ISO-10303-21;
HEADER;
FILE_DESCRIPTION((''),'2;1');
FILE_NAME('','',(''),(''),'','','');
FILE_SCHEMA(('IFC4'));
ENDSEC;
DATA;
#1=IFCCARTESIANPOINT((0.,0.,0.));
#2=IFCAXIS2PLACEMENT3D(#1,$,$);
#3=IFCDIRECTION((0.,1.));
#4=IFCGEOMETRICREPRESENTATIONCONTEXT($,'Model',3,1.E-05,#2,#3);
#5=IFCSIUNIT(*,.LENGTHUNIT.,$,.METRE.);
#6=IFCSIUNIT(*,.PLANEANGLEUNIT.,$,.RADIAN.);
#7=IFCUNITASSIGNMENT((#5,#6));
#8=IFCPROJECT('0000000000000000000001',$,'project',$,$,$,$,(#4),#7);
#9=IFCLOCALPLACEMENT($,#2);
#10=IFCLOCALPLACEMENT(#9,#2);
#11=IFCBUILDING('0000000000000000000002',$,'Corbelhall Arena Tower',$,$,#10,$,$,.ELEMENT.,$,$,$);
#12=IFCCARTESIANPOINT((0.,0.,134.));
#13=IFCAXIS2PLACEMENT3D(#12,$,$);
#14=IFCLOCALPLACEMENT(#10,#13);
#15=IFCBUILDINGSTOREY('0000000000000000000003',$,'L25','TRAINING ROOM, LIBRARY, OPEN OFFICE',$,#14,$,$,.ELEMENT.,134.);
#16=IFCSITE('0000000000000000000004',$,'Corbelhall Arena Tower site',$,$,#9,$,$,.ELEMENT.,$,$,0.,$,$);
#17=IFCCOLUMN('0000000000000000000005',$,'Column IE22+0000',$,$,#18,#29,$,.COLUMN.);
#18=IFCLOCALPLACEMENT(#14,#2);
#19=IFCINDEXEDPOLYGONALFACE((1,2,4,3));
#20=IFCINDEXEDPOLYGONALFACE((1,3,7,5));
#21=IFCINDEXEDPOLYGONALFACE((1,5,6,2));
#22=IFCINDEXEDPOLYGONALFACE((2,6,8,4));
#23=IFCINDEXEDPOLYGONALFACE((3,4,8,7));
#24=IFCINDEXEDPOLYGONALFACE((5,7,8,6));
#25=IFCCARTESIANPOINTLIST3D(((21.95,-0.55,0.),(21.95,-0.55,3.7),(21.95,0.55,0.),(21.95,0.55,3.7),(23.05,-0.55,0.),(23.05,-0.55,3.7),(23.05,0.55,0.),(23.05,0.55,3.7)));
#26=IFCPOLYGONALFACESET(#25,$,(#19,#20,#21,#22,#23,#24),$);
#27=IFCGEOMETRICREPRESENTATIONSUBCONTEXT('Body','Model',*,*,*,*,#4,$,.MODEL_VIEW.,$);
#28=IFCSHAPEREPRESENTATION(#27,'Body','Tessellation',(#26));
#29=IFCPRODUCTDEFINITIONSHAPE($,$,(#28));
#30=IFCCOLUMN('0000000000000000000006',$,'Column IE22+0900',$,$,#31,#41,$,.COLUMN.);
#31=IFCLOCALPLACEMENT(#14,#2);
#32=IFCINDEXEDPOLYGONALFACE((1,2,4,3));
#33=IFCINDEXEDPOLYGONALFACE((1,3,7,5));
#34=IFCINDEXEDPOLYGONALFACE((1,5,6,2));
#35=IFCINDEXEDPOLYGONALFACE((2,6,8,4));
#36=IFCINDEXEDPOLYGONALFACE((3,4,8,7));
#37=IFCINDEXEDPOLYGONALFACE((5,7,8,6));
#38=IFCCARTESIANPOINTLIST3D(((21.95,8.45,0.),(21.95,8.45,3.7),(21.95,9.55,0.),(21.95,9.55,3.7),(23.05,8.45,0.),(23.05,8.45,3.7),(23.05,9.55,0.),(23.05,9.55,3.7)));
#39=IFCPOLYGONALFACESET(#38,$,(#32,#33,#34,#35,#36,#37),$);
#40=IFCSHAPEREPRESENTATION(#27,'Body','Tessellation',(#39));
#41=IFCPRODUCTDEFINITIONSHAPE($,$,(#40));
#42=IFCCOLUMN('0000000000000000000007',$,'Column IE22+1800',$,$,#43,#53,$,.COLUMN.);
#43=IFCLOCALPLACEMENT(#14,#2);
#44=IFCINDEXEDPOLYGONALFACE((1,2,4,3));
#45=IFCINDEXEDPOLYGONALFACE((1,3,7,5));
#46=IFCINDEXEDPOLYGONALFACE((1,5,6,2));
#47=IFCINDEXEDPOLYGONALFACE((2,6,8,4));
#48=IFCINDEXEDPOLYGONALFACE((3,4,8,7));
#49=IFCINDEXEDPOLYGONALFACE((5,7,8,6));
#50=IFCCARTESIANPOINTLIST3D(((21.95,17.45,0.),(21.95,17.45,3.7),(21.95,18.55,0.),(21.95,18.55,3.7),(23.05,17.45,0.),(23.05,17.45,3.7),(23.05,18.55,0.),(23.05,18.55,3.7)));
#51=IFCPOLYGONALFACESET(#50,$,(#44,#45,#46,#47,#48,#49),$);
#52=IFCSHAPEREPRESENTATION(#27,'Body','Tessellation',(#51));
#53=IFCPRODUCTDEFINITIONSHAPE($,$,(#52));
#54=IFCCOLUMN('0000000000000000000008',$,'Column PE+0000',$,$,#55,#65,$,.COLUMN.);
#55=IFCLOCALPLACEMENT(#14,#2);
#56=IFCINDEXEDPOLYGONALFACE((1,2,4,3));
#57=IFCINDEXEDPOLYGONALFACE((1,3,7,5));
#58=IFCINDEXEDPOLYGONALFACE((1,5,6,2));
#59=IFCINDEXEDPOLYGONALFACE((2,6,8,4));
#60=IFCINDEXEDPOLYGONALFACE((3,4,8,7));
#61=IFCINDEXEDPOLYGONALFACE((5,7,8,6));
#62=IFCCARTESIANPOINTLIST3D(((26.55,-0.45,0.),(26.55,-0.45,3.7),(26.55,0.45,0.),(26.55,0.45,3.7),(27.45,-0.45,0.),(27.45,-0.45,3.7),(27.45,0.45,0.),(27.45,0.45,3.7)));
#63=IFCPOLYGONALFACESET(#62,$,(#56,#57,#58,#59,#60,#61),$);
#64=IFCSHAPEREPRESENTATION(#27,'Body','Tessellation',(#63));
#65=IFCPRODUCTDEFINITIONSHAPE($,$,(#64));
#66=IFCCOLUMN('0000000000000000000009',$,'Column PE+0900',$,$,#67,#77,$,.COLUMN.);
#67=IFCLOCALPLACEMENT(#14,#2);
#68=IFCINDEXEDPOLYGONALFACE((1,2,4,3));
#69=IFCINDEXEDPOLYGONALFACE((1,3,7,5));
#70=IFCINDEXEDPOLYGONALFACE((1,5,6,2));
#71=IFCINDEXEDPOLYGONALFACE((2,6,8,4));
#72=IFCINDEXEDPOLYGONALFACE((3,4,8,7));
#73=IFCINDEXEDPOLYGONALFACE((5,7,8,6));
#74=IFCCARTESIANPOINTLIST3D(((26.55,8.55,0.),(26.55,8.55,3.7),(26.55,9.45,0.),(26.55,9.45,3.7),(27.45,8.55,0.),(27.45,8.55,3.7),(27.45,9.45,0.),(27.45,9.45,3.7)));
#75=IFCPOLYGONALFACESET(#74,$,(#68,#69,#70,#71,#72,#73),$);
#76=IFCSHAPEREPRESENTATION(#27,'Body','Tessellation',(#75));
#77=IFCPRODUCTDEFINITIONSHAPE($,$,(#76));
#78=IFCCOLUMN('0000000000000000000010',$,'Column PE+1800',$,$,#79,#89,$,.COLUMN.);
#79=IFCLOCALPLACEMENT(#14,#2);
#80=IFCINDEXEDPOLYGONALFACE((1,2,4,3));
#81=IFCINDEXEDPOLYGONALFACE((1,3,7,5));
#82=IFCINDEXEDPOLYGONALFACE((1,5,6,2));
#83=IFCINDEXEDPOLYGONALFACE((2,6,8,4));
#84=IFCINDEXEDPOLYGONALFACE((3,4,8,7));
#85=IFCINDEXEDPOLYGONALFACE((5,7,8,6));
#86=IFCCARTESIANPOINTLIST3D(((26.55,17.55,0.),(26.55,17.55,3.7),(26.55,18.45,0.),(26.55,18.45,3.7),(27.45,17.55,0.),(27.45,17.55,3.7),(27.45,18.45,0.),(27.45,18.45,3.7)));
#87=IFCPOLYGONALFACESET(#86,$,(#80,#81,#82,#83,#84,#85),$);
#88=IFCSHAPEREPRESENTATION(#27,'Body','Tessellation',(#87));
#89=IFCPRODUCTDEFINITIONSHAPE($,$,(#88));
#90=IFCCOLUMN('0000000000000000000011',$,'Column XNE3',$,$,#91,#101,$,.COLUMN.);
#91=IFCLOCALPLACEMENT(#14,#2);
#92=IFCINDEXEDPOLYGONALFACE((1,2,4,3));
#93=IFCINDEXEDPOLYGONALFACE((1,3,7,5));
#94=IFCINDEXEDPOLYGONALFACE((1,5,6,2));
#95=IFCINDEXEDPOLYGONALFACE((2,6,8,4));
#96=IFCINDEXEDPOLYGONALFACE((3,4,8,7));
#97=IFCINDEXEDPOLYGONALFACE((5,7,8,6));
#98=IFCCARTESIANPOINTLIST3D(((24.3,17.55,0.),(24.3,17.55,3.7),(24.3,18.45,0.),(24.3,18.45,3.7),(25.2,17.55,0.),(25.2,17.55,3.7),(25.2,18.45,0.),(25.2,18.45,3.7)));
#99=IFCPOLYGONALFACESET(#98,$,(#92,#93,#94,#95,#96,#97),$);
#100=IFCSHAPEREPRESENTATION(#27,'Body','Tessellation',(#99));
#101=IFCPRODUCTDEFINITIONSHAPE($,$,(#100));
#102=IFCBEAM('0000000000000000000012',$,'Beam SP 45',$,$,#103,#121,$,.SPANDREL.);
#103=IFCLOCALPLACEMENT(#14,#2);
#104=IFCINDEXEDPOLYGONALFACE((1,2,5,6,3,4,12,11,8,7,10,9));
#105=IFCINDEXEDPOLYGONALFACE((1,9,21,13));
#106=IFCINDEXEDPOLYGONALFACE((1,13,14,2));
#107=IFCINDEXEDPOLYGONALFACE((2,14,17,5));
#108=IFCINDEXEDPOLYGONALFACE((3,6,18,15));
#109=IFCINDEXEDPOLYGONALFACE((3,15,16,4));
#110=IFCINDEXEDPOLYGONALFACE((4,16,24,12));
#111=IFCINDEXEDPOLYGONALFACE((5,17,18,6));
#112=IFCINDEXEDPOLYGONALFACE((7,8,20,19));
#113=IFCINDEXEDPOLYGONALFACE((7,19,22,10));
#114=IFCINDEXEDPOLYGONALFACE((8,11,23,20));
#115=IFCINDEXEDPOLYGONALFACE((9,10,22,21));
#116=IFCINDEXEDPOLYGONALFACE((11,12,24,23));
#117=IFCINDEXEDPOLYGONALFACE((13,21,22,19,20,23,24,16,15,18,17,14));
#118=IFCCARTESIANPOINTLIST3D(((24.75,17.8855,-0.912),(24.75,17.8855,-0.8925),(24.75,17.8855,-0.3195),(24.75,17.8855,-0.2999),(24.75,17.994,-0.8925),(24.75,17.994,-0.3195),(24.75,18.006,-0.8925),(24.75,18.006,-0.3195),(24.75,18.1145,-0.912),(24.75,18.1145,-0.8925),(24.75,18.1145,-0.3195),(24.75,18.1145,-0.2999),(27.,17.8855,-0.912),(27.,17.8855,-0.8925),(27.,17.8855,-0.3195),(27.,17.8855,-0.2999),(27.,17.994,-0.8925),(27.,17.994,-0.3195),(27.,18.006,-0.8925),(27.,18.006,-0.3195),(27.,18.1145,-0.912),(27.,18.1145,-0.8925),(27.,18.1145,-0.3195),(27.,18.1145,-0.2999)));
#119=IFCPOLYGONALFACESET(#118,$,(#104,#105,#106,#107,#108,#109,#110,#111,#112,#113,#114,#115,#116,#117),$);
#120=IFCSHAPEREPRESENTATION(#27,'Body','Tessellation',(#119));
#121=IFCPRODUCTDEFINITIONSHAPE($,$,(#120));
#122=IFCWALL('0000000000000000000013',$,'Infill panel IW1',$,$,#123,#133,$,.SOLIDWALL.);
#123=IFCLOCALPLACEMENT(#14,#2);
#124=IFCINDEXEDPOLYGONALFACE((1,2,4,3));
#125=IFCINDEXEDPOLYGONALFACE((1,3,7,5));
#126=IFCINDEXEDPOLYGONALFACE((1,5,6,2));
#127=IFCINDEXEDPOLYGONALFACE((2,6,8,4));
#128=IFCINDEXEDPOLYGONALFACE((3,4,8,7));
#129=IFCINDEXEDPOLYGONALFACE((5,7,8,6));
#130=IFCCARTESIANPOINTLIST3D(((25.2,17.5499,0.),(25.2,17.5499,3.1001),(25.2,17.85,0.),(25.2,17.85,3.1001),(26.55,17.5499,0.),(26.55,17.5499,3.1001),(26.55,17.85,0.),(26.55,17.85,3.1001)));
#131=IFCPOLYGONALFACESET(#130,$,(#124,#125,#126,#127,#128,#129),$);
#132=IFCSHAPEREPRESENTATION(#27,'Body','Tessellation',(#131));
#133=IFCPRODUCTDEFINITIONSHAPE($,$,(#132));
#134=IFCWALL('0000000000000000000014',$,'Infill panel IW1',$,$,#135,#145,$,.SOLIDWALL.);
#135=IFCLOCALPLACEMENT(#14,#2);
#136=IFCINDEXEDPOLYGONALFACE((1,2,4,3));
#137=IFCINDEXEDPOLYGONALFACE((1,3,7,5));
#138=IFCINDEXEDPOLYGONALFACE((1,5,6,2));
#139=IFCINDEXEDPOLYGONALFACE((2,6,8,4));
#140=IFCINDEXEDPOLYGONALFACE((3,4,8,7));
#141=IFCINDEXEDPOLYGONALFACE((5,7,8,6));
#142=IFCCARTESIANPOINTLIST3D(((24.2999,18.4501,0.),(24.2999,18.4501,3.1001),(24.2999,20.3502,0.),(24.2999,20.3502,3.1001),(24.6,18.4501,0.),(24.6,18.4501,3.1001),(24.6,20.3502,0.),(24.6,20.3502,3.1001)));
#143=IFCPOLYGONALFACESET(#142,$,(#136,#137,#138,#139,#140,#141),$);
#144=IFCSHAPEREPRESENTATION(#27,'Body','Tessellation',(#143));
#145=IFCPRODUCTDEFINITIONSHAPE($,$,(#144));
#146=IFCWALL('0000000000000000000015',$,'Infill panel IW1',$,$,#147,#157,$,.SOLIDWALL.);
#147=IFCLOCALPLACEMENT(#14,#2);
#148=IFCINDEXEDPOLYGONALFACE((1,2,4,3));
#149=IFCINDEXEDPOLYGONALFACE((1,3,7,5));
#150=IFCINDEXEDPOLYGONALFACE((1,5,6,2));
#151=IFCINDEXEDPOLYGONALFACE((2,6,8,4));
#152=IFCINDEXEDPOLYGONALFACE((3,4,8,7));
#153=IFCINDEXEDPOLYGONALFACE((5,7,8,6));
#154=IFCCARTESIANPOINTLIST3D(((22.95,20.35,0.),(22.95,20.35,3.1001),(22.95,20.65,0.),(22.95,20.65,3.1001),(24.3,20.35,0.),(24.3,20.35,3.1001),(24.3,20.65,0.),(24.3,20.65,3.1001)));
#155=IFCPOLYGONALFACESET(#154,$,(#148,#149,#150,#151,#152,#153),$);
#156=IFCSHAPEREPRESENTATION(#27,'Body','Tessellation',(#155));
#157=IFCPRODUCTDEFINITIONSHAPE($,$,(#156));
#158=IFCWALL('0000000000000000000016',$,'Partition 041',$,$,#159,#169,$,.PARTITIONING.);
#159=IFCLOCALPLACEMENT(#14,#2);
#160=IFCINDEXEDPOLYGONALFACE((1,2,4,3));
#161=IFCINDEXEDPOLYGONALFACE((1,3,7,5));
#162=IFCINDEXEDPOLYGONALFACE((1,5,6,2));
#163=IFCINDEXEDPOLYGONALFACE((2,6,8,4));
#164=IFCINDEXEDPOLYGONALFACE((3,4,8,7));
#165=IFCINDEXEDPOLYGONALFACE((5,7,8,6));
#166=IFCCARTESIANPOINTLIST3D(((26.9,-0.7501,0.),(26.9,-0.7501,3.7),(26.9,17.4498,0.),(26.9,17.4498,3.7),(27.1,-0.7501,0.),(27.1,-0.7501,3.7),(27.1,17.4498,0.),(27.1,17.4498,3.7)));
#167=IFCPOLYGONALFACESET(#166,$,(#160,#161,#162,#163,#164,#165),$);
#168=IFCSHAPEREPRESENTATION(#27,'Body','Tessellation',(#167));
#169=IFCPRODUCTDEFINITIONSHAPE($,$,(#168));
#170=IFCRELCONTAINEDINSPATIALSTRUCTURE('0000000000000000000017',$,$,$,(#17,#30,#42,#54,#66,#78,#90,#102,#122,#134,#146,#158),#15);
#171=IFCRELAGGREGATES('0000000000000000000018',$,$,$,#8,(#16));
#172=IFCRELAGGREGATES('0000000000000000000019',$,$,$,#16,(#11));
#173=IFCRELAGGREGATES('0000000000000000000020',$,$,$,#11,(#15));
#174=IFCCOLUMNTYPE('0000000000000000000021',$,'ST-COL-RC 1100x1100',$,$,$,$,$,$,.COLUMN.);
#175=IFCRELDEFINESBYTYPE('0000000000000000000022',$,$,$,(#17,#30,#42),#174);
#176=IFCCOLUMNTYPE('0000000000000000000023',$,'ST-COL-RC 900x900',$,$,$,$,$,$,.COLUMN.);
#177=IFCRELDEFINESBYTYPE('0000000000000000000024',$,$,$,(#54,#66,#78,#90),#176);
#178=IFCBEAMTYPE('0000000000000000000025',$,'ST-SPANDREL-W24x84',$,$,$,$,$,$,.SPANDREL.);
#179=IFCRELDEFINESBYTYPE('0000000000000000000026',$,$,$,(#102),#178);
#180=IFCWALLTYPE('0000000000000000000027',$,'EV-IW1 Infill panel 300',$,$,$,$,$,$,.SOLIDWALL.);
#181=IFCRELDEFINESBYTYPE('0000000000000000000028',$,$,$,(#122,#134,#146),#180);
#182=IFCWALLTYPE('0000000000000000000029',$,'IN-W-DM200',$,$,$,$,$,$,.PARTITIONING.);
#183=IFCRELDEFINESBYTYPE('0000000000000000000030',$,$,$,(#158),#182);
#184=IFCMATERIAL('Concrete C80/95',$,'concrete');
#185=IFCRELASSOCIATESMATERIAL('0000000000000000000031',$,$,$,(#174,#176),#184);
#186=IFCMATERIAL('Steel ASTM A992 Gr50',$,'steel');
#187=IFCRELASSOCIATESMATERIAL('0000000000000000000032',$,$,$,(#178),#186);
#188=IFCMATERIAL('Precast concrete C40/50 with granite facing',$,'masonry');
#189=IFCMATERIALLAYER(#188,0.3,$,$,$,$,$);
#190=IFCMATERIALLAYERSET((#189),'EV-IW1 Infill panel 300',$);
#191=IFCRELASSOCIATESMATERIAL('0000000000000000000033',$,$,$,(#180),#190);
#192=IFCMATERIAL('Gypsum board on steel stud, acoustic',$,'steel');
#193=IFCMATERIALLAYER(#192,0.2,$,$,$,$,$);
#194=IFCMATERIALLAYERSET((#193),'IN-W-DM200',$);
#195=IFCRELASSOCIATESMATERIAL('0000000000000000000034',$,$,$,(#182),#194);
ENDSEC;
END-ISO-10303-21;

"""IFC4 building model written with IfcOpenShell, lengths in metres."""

from ifc_helpers import new_model, si_unit, direction, frame, frame_2d, origin, origin_2d, place, context, subcontext, project, spatial, rectangle, i_section, extrude, material, layer, layer_set, material_profile, profile_set, type_object, element, save


model = new_model("IFC4")

# Units and contexts
model_context = context("Model", 3, precision=1e-05, world=origin(), true_north=direction((0.0, 1.0)))
body_context = subcontext(model_context, "Body", "Model", "MODEL_VIEW")
ifc_project = project(units=[si_unit("LENGTHUNIT", "METRE"), si_unit("PLANEANGLEUNIT", "RADIAN")], contexts=[model_context])

# Site, building, storey
site_placement = place(None, origin())
site = spatial("IfcSite", under=ifc_project, at=site_placement, Name="Corbelhall Arena Tower site", CompositionType="ELEMENT", RefElevation=0.0)
building_placement = place(site_placement, origin())
building = spatial("IfcBuilding", under=site, at=building_placement, Name="Corbelhall Arena Tower", CompositionType="ELEMENT")
storey_placement = place(building_placement, frame((0.0, 0.0, 134.0)))
storey = spatial("IfcBuildingStorey", under=building, at=storey_placement, Name="L25", Description="TRAINING ROOM, LIBRARY, OPEN OFFICE", CompositionType="ELEMENT", Elevation=134.0)

# Columns
ifc_material_1 = material(Name="Concrete C80/95", Category="concrete")
ifc_material_profile_1 = material_profile(ifc_material_1, rectangle(XDim=1.1001, YDim=1.1001, at=origin_2d()))
ifc_profile_set_1 = profile_set([ifc_material_profile_1], Name="Concrete C80/95")
column_type_1 = type_object("IfcColumnType", Name="ST-COL-RC 1100x1100", PredefinedType="COLUMN", material=ifc_profile_set_1)
for number, where, z_axis, x_axis, name in (
    (1, (22.5, 0.0, 0.0), (0.0, 0.0, 1.0), (1.0, 0.0, 0.0), "Column IE22+0000"),
    (2, (22.5, 9.0, 0.0), (0.0, 0.0, 1.0), (1.0, 0.0, 0.0), "Column IE22+0900"),
    (3, (22.5, 18.0, 0.0), (0.0, 0.0, 1.0), (1.0, 0.0, 0.0), "Column IE22+1800"),
):
    element("IfcColumn", number, at=place(storey_placement, frame(where, z_axis=z_axis, x_axis=x_axis)), inside=storey, type_object=column_type_1, Name=name, PredefinedType="COLUMN", context=body_context, shape_type="SweptSolid", body=[
        extrude(rectangle(XDim=1.1001, YDim=1.1001, at=origin_2d()), origin(), (0.0, 0.0, 1.0), 3.7),
    ])
ifc_material_profile_2 = material_profile(ifc_material_1, rectangle(XDim=0.8999, YDim=0.8999, at=origin_2d()))
ifc_profile_set_2 = profile_set([ifc_material_profile_2], Name="Concrete C80/95")
column_type_2 = type_object("IfcColumnType", Name="ST-COL-RC 900x900", PredefinedType="COLUMN", material=ifc_profile_set_2)
for number, where, z_axis, x_axis, name in (
    (4, (27.0, 0.0, 0.0), (0.0, 0.0, 1.0), (1.0, 0.0, 0.0), "Column PE+0000"),
    (5, (27.0, 9.0, 0.0), (0.0, 0.0, 1.0), (1.0, 0.0, 0.0), "Column PE+0900"),
    (6, (27.0, 18.0, 0.0), (0.0, 0.0, 1.0), (1.0, 0.0, 0.0), "Column PE+1800"),
    (7, (24.75, 18.0, 0.0), (0.0, 0.0, 1.0), (1.0, 0.0, 0.0), "Column XNE3"),
):
    element("IfcColumn", number, at=place(storey_placement, frame(where, z_axis=z_axis, x_axis=x_axis)), inside=storey, type_object=column_type_2, Name=name, PredefinedType="COLUMN", context=body_context, shape_type="SweptSolid", body=[
        extrude(rectangle(XDim=0.8999, YDim=0.8999, at=origin_2d()), origin(), (0.0, 0.0, 1.0), 3.7),
    ])

# Beam
ifc_material_2 = material(Name="Steel ASTM A992 Gr50", Category="steel")
ifc_material_profile_3 = material_profile(ifc_material_2, i_section(OverallWidth=0.229, OverallDepth=0.6121, WebThickness=0.012, FlangeThickness=0.0195, at=origin_2d()))
ifc_profile_set_3 = profile_set([ifc_material_profile_3], Name="Steel ASTM A992 Gr50")
beam_type = type_object("IfcBeamType", Name="ST-SPANDREL-W24x84", PredefinedType="SPANDREL", material=ifc_profile_set_3)
beam_placement = place(storey_placement, frame((24.75, 18.0, -0.606), z_axis=(1.0, 0.0, 0.0), x_axis=(0.0, 1.0, 0.0)))
element("IfcBeam", 8, at=beam_placement, inside=storey, type_object=beam_type, Name="Beam SP 45", PredefinedType="SPANDREL", context=body_context, shape_type="SweptSolid", body=[
    extrude(i_section(OverallWidth=0.229, OverallDepth=0.6121, WebThickness=0.012, FlangeThickness=0.0195, at=origin_2d()), origin(), (0.0, 0.0, 1.0), 2.25),
])

# Walls
ifc_material_3 = material(Name="Precast concrete C40/50 with granite facing", Category="masonry")
ifc_layer_1 = layer(ifc_material_3, 0.3)
ifc_layer_set_1 = layer_set([ifc_layer_1], Name="EV-IW1 Infill panel 300")
wall_type_1 = type_object("IfcWallType", Name="EV-IW1 Infill panel 300", PredefinedType="SOLIDWALL", material=ifc_layer_set_1)
wall_1_placement = place(storey_placement, frame((26.55, 17.7, 0.0), z_axis=(0.0, 0.0, 1.0), x_axis=(-1.0, 0.0, 0.0)))
element("IfcWall", 9, at=wall_1_placement, inside=storey, type_object=wall_type_1, Name="Infill panel IW1", PredefinedType="SOLIDWALL", context=body_context, shape_type="SweptSolid", body=[
    extrude(rectangle(XDim=1.3501, YDim=0.3, at=frame_2d((0.675, 0.0))), origin(), (0.0, 0.0, 1.0), 3.1001),
])
wall_2_placement = place(storey_placement, frame((24.45, 18.45, 0.0), z_axis=(0.0, 0.0, 1.0), x_axis=(0.0, 1.0, 0.0)))
element("IfcWall", 10, at=wall_2_placement, inside=storey, type_object=wall_type_1, Name="Infill panel IW1", PredefinedType="SOLIDWALL", context=body_context, shape_type="SweptSolid", body=[
    extrude(rectangle(XDim=1.9001, YDim=0.3, at=frame_2d((0.9502, 0.0))), origin(), (0.0, 0.0, 1.0), 3.1001),
])
wall_3_placement = place(storey_placement, frame((24.3, 20.5, 0.0), z_axis=(0.0, 0.0, 1.0), x_axis=(-1.0, 0.0, 0.0)))
element("IfcWall", 11, at=wall_3_placement, inside=storey, type_object=wall_type_1, Name="Infill panel IW1", PredefinedType="SOLIDWALL", context=body_context, shape_type="SweptSolid", body=[
    extrude(rectangle(XDim=1.3501, YDim=0.3, at=frame_2d((0.675, 0.0))), origin(), (0.0, 0.0, 1.0), 3.1001),
])

# Shared definitions
ifc_material_4 = material(Name="Gypsum board on steel stud, acoustic", Category="steel")
ifc_layer_2 = layer(ifc_material_4, 0.2)
ifc_layer_set_2 = layer_set([ifc_layer_2], Name="IN-W-DM200")
wall_type_2 = type_object("IfcWallType", Name="IN-W-DM200", PredefinedType="PARTITIONING", material=ifc_layer_set_2)

# Wall
wall_4_placement = place(storey_placement, frame((27.0, 17.45, 0.0), z_axis=(0.0, 0.0, 1.0), x_axis=(0.0, -1.0, 0.0)))
element("IfcWall", 12, at=wall_4_placement, inside=storey, type_object=wall_type_2, Name="Partition 041", PredefinedType="PARTITIONING", context=body_context, shape_type="SweptSolid", body=[
    extrude(rectangle(XDim=18.2, YDim=0.2, at=frame_2d((9.1001, 0.0))), origin(), (0.0, 0.0, 1.0), 3.7),
])

save(model, "model.ifc")
